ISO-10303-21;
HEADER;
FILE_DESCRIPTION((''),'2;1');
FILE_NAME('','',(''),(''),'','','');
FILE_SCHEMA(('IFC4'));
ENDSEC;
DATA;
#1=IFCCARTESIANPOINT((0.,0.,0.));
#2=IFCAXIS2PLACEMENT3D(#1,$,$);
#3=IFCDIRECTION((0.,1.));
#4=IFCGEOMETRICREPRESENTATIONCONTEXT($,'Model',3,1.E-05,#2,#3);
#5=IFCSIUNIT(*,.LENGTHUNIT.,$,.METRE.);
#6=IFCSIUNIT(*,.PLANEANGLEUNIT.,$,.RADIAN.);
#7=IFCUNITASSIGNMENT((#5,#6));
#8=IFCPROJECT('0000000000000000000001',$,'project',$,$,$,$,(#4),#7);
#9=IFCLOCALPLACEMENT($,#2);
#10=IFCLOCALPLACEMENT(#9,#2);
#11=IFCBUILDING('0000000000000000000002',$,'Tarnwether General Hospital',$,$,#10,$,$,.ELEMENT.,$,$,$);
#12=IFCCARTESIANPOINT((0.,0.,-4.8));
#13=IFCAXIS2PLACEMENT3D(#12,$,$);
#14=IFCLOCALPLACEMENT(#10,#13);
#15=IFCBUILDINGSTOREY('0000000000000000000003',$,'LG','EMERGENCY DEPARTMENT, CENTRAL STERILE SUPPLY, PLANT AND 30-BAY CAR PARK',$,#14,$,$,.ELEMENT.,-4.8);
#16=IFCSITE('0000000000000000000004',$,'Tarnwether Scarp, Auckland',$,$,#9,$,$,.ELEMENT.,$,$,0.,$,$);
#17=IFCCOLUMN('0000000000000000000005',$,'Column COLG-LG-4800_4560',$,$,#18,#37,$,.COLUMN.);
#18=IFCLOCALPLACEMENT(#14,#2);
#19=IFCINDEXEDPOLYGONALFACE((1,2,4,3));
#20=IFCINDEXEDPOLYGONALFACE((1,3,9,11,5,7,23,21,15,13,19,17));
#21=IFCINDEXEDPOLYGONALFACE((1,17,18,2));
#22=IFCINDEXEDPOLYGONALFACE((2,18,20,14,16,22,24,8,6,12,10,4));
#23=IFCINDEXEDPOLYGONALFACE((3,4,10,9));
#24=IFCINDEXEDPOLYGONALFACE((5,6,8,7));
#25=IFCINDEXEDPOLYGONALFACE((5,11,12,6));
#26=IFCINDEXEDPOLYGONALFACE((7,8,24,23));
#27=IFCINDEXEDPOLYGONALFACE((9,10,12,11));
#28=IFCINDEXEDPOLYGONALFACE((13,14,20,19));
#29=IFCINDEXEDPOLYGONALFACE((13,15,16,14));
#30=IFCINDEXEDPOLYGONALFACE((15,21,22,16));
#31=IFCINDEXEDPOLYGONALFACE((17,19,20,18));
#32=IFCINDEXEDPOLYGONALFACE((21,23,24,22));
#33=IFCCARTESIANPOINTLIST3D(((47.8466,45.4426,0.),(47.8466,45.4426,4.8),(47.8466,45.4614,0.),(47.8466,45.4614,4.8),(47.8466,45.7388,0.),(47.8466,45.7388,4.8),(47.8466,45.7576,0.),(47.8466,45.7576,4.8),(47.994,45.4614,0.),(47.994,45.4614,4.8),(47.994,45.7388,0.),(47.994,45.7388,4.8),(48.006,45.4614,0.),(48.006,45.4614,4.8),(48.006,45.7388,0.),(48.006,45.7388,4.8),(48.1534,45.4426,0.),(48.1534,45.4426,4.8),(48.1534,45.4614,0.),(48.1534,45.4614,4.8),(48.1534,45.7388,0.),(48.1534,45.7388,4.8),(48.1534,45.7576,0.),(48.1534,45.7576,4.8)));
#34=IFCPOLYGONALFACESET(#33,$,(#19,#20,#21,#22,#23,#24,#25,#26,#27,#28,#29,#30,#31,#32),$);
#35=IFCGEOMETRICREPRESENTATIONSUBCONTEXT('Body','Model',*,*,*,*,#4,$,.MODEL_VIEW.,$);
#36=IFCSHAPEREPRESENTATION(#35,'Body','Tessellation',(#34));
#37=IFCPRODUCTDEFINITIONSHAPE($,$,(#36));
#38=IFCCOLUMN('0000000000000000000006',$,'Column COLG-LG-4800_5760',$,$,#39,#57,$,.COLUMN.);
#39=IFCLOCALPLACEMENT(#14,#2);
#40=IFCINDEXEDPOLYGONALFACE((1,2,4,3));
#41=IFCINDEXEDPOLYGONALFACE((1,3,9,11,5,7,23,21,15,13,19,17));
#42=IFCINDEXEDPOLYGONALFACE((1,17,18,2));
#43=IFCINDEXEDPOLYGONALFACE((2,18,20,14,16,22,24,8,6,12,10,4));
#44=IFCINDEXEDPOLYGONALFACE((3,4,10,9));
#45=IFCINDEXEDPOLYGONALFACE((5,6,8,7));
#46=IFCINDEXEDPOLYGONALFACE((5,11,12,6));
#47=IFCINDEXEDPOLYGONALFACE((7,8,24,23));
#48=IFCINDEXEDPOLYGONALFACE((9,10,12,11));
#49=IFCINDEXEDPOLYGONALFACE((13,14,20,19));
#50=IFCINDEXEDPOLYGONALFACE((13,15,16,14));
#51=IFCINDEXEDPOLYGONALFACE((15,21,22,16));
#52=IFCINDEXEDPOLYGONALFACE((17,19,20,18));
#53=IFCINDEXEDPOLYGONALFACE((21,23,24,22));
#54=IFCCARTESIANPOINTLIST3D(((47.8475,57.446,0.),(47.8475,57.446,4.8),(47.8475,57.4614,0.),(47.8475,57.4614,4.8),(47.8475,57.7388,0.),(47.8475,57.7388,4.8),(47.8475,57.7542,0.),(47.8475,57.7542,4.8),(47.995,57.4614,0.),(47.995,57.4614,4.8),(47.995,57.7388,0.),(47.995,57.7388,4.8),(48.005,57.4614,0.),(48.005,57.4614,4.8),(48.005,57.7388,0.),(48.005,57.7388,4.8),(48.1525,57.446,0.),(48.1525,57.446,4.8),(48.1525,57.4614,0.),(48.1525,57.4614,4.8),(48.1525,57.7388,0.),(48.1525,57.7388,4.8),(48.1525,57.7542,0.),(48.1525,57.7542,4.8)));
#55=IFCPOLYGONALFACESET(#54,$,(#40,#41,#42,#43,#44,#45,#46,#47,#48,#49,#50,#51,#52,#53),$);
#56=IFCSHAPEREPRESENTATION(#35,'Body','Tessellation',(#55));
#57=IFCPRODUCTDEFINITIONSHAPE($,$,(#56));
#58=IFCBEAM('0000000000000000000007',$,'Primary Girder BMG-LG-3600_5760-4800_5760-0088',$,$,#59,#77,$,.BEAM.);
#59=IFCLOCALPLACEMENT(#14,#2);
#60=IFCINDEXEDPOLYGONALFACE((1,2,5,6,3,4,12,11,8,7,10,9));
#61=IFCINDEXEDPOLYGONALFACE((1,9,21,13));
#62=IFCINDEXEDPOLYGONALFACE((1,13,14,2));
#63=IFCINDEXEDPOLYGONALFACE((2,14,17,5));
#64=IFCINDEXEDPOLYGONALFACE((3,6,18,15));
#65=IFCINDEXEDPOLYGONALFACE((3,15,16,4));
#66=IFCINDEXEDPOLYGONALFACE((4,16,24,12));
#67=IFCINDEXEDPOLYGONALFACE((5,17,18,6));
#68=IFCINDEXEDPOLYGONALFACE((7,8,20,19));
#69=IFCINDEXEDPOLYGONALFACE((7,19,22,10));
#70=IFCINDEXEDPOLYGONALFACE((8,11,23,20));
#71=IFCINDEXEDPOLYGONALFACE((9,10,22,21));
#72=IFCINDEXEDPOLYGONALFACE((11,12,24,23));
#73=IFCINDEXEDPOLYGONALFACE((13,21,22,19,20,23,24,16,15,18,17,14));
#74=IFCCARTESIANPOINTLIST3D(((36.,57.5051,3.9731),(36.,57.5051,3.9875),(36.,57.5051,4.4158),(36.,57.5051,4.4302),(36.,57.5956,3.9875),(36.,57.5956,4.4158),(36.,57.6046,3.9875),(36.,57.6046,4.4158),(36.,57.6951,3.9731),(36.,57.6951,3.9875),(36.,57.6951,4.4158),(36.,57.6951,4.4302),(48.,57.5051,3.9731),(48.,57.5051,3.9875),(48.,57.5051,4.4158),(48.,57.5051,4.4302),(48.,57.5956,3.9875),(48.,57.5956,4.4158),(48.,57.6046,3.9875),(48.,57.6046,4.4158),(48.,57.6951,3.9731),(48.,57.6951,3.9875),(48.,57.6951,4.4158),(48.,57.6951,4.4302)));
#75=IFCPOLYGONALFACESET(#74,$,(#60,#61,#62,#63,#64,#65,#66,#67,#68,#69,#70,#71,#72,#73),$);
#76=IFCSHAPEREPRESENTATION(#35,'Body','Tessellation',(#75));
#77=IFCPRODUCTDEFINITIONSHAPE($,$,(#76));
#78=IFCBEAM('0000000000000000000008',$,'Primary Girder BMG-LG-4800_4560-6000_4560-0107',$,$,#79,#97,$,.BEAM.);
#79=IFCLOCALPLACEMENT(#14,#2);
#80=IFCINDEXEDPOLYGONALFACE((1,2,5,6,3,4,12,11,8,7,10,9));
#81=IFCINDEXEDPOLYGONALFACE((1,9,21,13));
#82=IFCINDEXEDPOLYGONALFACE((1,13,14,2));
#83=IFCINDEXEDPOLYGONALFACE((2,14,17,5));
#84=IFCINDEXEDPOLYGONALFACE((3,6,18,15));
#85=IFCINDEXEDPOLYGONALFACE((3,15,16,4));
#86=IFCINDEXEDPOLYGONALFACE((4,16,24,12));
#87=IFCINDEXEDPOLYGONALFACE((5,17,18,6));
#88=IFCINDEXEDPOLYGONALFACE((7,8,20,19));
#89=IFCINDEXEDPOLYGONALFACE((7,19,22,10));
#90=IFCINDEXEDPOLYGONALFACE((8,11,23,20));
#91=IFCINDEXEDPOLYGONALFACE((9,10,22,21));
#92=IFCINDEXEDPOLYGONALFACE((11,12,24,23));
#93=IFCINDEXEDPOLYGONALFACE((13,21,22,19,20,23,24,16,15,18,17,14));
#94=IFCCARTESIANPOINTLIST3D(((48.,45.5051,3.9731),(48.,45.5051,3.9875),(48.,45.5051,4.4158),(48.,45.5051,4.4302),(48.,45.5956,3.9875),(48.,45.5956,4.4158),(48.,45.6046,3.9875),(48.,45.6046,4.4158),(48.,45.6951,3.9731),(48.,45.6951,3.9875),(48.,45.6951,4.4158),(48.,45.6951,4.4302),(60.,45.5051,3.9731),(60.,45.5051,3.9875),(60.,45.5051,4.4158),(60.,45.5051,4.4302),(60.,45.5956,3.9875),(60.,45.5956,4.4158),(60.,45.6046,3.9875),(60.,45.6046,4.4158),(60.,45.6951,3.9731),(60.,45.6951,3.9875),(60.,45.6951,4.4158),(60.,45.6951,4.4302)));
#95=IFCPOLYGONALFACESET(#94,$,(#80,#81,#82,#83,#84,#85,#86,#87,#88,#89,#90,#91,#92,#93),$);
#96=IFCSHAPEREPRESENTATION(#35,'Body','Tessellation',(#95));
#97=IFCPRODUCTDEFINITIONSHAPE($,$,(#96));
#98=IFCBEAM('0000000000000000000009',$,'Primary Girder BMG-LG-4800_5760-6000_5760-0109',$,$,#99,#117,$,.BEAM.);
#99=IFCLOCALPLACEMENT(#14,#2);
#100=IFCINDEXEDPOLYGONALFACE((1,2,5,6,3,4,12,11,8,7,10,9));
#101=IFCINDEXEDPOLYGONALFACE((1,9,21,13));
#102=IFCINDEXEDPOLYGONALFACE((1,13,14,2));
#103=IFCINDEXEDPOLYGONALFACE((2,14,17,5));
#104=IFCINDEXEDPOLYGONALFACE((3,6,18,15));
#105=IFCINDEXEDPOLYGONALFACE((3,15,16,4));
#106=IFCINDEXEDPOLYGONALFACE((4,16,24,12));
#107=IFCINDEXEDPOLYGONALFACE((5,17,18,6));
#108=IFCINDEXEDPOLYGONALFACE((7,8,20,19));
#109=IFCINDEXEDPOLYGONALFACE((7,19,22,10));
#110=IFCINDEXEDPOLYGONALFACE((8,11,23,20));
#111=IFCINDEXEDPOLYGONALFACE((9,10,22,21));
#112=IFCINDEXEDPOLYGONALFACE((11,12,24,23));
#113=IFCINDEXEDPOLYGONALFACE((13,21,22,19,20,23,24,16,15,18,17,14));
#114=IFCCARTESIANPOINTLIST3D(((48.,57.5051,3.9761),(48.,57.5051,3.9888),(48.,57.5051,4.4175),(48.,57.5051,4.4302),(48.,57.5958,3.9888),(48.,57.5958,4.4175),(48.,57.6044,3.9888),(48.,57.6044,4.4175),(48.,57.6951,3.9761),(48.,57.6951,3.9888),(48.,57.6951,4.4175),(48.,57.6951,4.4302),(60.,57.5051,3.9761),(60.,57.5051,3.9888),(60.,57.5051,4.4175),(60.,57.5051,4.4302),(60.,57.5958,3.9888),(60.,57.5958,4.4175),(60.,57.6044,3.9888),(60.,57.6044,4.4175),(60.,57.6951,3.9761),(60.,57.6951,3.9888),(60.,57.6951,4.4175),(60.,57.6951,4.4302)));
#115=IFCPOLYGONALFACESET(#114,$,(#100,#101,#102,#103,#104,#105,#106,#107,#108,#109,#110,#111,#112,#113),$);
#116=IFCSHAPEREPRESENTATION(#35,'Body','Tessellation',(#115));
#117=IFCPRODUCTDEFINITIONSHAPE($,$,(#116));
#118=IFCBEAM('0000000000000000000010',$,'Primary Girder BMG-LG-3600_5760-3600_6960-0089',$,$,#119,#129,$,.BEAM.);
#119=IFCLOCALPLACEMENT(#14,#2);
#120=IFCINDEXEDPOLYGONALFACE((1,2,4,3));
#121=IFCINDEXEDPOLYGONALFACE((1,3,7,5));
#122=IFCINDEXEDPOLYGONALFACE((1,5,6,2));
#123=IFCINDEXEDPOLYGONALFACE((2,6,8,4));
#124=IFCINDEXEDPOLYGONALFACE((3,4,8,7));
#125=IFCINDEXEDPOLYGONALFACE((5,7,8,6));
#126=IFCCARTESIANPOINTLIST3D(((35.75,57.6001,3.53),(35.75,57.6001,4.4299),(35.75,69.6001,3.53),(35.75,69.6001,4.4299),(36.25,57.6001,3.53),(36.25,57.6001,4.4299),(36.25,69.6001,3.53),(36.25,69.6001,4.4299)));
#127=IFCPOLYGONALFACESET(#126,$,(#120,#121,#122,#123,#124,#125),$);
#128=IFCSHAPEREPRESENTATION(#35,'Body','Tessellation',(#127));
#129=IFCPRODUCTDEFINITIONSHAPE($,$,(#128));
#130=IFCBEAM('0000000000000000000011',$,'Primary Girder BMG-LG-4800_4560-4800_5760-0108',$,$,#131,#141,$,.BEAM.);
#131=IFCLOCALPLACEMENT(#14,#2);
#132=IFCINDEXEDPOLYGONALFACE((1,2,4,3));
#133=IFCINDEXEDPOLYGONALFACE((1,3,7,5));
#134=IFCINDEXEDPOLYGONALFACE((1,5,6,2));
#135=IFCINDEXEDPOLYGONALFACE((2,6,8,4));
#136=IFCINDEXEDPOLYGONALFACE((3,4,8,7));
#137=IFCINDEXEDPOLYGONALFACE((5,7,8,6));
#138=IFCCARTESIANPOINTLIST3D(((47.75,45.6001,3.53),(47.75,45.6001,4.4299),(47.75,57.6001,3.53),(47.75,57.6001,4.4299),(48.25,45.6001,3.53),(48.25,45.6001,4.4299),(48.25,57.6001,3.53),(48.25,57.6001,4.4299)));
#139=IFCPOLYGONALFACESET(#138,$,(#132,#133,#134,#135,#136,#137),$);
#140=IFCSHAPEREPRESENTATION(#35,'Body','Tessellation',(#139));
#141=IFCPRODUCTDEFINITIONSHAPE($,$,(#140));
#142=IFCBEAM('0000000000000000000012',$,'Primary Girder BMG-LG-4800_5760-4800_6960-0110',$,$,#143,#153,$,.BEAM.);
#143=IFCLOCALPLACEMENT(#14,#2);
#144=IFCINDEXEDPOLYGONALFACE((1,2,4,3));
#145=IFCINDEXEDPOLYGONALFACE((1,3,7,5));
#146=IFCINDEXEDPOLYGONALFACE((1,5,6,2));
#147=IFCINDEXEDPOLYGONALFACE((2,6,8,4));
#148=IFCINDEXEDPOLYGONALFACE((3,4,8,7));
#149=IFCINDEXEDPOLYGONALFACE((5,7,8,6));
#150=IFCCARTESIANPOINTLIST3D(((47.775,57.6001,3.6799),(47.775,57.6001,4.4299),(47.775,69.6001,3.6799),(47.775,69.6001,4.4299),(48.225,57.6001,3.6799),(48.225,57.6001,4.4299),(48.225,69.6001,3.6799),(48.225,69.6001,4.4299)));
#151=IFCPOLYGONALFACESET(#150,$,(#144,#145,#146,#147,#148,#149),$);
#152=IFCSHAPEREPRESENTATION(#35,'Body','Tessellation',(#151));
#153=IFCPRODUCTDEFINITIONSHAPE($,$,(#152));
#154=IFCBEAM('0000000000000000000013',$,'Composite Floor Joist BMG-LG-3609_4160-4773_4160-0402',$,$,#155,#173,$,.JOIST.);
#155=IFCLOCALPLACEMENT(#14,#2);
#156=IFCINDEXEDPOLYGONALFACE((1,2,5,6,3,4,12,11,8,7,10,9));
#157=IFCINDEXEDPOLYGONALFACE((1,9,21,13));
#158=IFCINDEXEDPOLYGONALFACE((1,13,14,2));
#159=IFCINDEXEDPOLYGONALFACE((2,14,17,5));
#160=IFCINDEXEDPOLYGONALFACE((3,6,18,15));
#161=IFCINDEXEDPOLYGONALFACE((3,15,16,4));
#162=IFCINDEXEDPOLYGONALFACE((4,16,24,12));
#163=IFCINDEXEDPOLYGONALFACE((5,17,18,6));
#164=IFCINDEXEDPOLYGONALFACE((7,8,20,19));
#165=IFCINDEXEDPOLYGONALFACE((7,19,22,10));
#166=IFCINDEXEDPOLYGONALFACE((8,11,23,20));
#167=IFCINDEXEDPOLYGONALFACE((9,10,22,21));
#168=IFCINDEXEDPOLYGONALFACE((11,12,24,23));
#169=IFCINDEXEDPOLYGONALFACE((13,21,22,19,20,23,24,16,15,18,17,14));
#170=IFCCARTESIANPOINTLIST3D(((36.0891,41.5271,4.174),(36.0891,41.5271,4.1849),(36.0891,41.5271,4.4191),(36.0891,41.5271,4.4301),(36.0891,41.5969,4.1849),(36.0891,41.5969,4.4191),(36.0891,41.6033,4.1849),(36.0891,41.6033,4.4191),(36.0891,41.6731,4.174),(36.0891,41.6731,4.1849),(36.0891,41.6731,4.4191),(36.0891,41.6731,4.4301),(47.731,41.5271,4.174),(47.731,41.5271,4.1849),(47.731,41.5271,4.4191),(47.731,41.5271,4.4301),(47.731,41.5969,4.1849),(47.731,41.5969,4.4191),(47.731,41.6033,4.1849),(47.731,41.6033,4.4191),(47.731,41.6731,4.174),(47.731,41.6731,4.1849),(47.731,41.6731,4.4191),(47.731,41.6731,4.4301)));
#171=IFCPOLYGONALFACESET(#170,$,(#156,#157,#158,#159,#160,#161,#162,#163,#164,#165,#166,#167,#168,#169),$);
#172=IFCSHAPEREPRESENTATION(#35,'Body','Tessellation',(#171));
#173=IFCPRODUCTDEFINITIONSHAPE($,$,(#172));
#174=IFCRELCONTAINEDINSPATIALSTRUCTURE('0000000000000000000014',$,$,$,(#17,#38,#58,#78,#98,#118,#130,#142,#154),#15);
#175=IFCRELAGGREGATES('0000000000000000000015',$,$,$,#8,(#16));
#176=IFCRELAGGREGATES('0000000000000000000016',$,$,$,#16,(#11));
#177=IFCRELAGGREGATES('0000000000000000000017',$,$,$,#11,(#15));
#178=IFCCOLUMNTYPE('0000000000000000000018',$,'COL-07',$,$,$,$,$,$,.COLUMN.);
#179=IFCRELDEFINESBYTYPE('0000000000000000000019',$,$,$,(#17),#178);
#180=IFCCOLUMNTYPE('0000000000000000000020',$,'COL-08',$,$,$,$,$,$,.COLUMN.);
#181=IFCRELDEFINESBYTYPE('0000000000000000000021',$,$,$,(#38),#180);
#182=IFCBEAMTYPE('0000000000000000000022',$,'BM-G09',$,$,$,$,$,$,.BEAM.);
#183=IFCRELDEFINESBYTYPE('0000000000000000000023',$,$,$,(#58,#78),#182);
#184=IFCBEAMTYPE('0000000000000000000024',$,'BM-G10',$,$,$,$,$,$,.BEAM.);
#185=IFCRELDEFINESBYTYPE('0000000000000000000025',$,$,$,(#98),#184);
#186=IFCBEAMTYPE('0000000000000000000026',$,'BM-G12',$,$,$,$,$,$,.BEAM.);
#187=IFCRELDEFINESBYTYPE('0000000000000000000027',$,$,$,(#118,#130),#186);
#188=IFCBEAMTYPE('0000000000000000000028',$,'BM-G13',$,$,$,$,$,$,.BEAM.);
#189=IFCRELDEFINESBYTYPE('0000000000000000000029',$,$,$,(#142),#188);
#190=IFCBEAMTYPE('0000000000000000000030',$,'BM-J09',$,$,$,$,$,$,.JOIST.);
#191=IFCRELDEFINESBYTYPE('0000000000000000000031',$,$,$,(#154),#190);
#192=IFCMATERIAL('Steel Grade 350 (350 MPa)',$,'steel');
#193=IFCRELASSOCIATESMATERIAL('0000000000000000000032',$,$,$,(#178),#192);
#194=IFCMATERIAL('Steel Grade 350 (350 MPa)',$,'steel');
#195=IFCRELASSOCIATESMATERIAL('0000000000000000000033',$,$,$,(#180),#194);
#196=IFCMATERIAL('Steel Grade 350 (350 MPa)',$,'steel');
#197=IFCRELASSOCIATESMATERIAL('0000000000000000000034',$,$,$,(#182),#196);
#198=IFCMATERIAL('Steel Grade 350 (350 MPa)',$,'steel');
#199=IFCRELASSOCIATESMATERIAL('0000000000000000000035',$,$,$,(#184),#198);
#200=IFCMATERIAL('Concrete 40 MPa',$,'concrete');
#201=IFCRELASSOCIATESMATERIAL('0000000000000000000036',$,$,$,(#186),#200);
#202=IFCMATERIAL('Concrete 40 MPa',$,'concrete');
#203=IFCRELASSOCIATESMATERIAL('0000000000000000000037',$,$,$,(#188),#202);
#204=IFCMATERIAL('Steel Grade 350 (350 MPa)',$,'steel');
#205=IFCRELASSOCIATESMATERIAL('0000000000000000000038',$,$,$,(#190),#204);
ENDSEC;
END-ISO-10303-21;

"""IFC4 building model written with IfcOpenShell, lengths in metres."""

from ifc_helpers import new_model, si_unit, direction, frame, origin, origin_2d, place, context, subcontext, project, spatial, rectangle, i_section, extrude, material, material_profile, profile_set, type_object, element, save


model = new_model("IFC4")

# Units and contexts
model_context = context("Model", 3, precision=1e-05, world=origin(), true_north=direction((0.0, 1.0)))
body_context = subcontext(model_context, "Body", "Model", "MODEL_VIEW")
ifc_project = project(units=[si_unit("LENGTHUNIT", "METRE"), si_unit("PLANEANGLEUNIT", "RADIAN")], contexts=[model_context])

# Site, building, storey
site_placement = place(None, origin())
site = spatial("IfcSite", under=ifc_project, at=site_placement, Name="Tarnwether Scarp, Auckland", CompositionType="ELEMENT", RefElevation=0.0)
building_placement = place(site_placement, origin())
building = spatial("IfcBuilding", under=site, at=building_placement, Name="Tarnwether General Hospital", CompositionType="ELEMENT")
storey_placement = place(building_placement, frame((0.0, 0.0, -4.8)))
storey = spatial("IfcBuildingStorey", under=building, at=storey_placement, Name="LG", Description="EMERGENCY DEPARTMENT, CENTRAL STERILE SUPPLY, PLANT AND 30-BAY CAR PARK", CompositionType="ELEMENT", Elevation=-4.8)

# Columns
ifc_material_1 = material(Name="Steel Grade 350 (350 MPa)", Category="steel")
ifc_material_profile_1 = material_profile(ifc_material_1, i_section(OverallWidth=0.3069, OverallDepth=0.3149, WebThickness=0.012, FlangeThickness=0.0188, at=origin_2d()), Name="310UC118")
ifc_profile_set_1 = profile_set([ifc_material_profile_1], Name="Steel Grade 350 (350 MPa)")
column_type_1 = type_object("IfcColumnType", Name="COL-07", PredefinedType="COLUMN", material=ifc_profile_set_1)
column_1_placement = place(storey_placement, frame((48.0, 45.6001, 0.0), z_axis=(0.0, 0.0, 1.0), x_axis=(1.0, 0.0, 0.0)))
element("IfcColumn", 1, at=column_1_placement, inside=storey, type_object=column_type_1, Name="Column COLG-LG-4800_4560", PredefinedType="COLUMN", context=body_context, shape_type="SweptSolid", body=[
    extrude(i_section(OverallWidth=0.3069, OverallDepth=0.3149, WebThickness=0.012, FlangeThickness=0.0188, at=origin_2d()), origin(), (0.0, 0.0, 1.0), 4.8),
])
ifc_material_2 = material(Name="Steel Grade 350 (350 MPa)", Category="steel")
ifc_material_profile_2 = material_profile(ifc_material_2, i_section(OverallWidth=0.3049, OverallDepth=0.3081, WebThickness=0.01, FlangeThickness=0.0154, at=origin_2d()), Name="310UC96.8")
ifc_profile_set_2 = profile_set([ifc_material_profile_2], Name="Steel Grade 350 (350 MPa)")
column_type_2 = type_object("IfcColumnType", Name="COL-08", PredefinedType="COLUMN", material=ifc_profile_set_2)
column_2_placement = place(storey_placement, frame((48.0, 57.6001, 0.0), z_axis=(0.0, 0.0, 1.0), x_axis=(1.0, 0.0, 0.0)))
element("IfcColumn", 2, at=column_2_placement, inside=storey, type_object=column_type_2, Name="Column COLG-LG-4800_5760", PredefinedType="COLUMN", context=body_context, shape_type="SweptSolid", body=[
    extrude(i_section(OverallWidth=0.3049, OverallDepth=0.3081, WebThickness=0.01, FlangeThickness=0.0154, at=origin_2d()), origin(), (0.0, 0.0, 1.0), 4.8),
])

# Beams
ifc_material_3 = material(Name="Steel Grade 350 (350 MPa)", Category="steel")
ifc_material_profile_3 = material_profile(ifc_material_3, i_section(OverallWidth=0.1899, OverallDepth=0.457, WebThickness=0.009, FlangeThickness=0.0144, at=origin_2d()), Name="460UB74.6")
ifc_profile_set_3 = profile_set([ifc_material_profile_3], Name="Steel Grade 350 (350 MPa)")
beam_type_1 = type_object("IfcBeamType", Name="BM-G09", PredefinedType="BEAM", material=ifc_profile_set_3)
for number, where, z_axis, x_axis, name in (
    (3, (36.0, 57.6001, 4.2017), (1.0, 0.0, 0.0), (0.0, 1.0, 0.0), "Primary Girder BMG-LG-3600_5760-4800_5760-0088"),
    (4, (48.0, 45.6001, 4.2017), (1.0, 0.0, 0.0), (0.0, 1.0, 0.0), "Primary Girder BMG-LG-4800_4560-6000_4560-0107"),
):
    element("IfcBeam", number, at=place(storey_placement, frame(where, z_axis=z_axis, x_axis=x_axis)), inside=storey, type_object=beam_type_1, Name=name, PredefinedType="BEAM", context=body_context, shape_type="SweptSolid", body=[
        extrude(i_section(OverallWidth=0.1899, OverallDepth=0.457, WebThickness=0.009, FlangeThickness=0.0144, at=origin_2d()), origin(), (0.0, 0.0, 1.0), 12.0),
    ])
ifc_material_4 = material(Name="Steel Grade 350 (350 MPa)", Category="steel")
ifc_material_profile_4 = material_profile(ifc_material_4, i_section(OverallWidth=0.1899, OverallDepth=0.4541, WebThickness=0.0085, FlangeThickness=0.0127, at=origin_2d()), Name="460UB67.1")
ifc_profile_set_4 = profile_set([ifc_material_profile_4], Name="Steel Grade 350 (350 MPa)")
beam_type_2 = type_object("IfcBeamType", Name="BM-G10", PredefinedType="BEAM", material=ifc_profile_set_4)
beam_1_placement = place(storey_placement, frame((48.0, 57.6001, 4.2031), z_axis=(1.0, 0.0, 0.0), x_axis=(0.0, 1.0, 0.0)))
element("IfcBeam", 5, at=beam_1_placement, inside=storey, type_object=beam_type_2, Name="Primary Girder BMG-LG-4800_5760-6000_5760-0109", PredefinedType="BEAM", context=body_context, shape_type="SweptSolid", body=[
    extrude(i_section(OverallWidth=0.1899, OverallDepth=0.4541, WebThickness=0.0085, FlangeThickness=0.0127, at=origin_2d()), origin(), (0.0, 0.0, 1.0), 12.0),
])
ifc_material_5 = material(Name="Concrete 40 MPa", Category="concrete")
ifc_material_profile_5 = material_profile(ifc_material_5, rectangle(XDim=0.5, YDim=0.8999, at=origin_2d()), Name="RC-BM-500x900")
ifc_profile_set_5 = profile_set([ifc_material_profile_5], Name="Concrete 40 MPa")
beam_type_3 = type_object("IfcBeamType", Name="BM-G12", PredefinedType="BEAM", material=ifc_profile_set_5)
for number, where, z_axis, x_axis, name in (
    (6, (36.0, 57.6001, 3.98), (0.0, 1.0, 0.0), (-1.0, 0.0, 0.0), "Primary Girder BMG-LG-3600_5760-3600_6960-0089"),
    (7, (48.0, 45.6001, 3.98), (0.0, 1.0, 0.0), (-1.0, 0.0, 0.0), "Primary Girder BMG-LG-4800_4560-4800_5760-0108"),
):
    element("IfcBeam", number, at=place(storey_placement, frame(where, z_axis=z_axis, x_axis=x_axis)), inside=storey, type_object=beam_type_3, Name=name, PredefinedType="BEAM", context=body_context, shape_type="SweptSolid", body=[
        extrude(rectangle(XDim=0.5, YDim=0.8999, at=origin_2d()), origin(), (0.0, 0.0, 1.0), 12.0),
    ])
ifc_material_6 = material(Name="Concrete 40 MPa", Category="concrete")
ifc_material_profile_6 = material_profile(ifc_material_6, rectangle(XDim=0.45, YDim=0.75, at=origin_2d()), Name="RC-BM-450x750")
ifc_profile_set_6 = profile_set([ifc_material_profile_6], Name="Concrete 40 MPa")
beam_type_4 = type_object("IfcBeamType", Name="BM-G13", PredefinedType="BEAM", material=ifc_profile_set_6)
beam_2_placement = place(storey_placement, frame((48.0, 57.6001, 4.0549), z_axis=(0.0, 1.0, 0.0), x_axis=(-1.0, 0.0, 0.0)))
element("IfcBeam", 8, at=beam_2_placement, inside=storey, type_object=beam_type_4, Name="Primary Girder BMG-LG-4800_5760-4800_6960-0110", PredefinedType="BEAM", context=body_context, shape_type="SweptSolid", body=[
    extrude(rectangle(XDim=0.45, YDim=0.75, at=origin_2d()), origin(), (0.0, 0.0, 1.0), 12.0),
])
ifc_material_7 = material(Name="Steel Grade 350 (350 MPa)", Category="steel")
ifc_material_profile_7 = material_profile(ifc_material_7, i_section(OverallWidth=0.146, OverallDepth=0.2561, WebThickness=0.0063, FlangeThickness=0.011, at=origin_2d()), Name="250UB37.3")
ifc_profile_set_7 = profile_set([ifc_material_profile_7], Name="Steel Grade 350 (350 MPa)")
beam_type_5 = type_object("IfcBeamType", Name="BM-J09", PredefinedType="JOIST", material=ifc_profile_set_7)
beam_3_placement = place(storey_placement, frame((36.0891, 41.6001, 4.302), z_axis=(1.0, 0.0, 0.0), x_axis=(0.0, 1.0, 0.0)))
element("IfcBeam", 9, at=beam_3_placement, inside=storey, type_object=beam_type_5, Name="Composite Floor Joist BMG-LG-3609_4160-4773_4160-0402", PredefinedType="JOIST", context=body_context, shape_type="SweptSolid", body=[
    extrude(i_section(OverallWidth=0.146, OverallDepth=0.2561, WebThickness=0.0063, FlangeThickness=0.011, at=origin_2d()), origin(), (0.0, 0.0, 1.0), 11.6418),
])

save(model, "model.ifc")
